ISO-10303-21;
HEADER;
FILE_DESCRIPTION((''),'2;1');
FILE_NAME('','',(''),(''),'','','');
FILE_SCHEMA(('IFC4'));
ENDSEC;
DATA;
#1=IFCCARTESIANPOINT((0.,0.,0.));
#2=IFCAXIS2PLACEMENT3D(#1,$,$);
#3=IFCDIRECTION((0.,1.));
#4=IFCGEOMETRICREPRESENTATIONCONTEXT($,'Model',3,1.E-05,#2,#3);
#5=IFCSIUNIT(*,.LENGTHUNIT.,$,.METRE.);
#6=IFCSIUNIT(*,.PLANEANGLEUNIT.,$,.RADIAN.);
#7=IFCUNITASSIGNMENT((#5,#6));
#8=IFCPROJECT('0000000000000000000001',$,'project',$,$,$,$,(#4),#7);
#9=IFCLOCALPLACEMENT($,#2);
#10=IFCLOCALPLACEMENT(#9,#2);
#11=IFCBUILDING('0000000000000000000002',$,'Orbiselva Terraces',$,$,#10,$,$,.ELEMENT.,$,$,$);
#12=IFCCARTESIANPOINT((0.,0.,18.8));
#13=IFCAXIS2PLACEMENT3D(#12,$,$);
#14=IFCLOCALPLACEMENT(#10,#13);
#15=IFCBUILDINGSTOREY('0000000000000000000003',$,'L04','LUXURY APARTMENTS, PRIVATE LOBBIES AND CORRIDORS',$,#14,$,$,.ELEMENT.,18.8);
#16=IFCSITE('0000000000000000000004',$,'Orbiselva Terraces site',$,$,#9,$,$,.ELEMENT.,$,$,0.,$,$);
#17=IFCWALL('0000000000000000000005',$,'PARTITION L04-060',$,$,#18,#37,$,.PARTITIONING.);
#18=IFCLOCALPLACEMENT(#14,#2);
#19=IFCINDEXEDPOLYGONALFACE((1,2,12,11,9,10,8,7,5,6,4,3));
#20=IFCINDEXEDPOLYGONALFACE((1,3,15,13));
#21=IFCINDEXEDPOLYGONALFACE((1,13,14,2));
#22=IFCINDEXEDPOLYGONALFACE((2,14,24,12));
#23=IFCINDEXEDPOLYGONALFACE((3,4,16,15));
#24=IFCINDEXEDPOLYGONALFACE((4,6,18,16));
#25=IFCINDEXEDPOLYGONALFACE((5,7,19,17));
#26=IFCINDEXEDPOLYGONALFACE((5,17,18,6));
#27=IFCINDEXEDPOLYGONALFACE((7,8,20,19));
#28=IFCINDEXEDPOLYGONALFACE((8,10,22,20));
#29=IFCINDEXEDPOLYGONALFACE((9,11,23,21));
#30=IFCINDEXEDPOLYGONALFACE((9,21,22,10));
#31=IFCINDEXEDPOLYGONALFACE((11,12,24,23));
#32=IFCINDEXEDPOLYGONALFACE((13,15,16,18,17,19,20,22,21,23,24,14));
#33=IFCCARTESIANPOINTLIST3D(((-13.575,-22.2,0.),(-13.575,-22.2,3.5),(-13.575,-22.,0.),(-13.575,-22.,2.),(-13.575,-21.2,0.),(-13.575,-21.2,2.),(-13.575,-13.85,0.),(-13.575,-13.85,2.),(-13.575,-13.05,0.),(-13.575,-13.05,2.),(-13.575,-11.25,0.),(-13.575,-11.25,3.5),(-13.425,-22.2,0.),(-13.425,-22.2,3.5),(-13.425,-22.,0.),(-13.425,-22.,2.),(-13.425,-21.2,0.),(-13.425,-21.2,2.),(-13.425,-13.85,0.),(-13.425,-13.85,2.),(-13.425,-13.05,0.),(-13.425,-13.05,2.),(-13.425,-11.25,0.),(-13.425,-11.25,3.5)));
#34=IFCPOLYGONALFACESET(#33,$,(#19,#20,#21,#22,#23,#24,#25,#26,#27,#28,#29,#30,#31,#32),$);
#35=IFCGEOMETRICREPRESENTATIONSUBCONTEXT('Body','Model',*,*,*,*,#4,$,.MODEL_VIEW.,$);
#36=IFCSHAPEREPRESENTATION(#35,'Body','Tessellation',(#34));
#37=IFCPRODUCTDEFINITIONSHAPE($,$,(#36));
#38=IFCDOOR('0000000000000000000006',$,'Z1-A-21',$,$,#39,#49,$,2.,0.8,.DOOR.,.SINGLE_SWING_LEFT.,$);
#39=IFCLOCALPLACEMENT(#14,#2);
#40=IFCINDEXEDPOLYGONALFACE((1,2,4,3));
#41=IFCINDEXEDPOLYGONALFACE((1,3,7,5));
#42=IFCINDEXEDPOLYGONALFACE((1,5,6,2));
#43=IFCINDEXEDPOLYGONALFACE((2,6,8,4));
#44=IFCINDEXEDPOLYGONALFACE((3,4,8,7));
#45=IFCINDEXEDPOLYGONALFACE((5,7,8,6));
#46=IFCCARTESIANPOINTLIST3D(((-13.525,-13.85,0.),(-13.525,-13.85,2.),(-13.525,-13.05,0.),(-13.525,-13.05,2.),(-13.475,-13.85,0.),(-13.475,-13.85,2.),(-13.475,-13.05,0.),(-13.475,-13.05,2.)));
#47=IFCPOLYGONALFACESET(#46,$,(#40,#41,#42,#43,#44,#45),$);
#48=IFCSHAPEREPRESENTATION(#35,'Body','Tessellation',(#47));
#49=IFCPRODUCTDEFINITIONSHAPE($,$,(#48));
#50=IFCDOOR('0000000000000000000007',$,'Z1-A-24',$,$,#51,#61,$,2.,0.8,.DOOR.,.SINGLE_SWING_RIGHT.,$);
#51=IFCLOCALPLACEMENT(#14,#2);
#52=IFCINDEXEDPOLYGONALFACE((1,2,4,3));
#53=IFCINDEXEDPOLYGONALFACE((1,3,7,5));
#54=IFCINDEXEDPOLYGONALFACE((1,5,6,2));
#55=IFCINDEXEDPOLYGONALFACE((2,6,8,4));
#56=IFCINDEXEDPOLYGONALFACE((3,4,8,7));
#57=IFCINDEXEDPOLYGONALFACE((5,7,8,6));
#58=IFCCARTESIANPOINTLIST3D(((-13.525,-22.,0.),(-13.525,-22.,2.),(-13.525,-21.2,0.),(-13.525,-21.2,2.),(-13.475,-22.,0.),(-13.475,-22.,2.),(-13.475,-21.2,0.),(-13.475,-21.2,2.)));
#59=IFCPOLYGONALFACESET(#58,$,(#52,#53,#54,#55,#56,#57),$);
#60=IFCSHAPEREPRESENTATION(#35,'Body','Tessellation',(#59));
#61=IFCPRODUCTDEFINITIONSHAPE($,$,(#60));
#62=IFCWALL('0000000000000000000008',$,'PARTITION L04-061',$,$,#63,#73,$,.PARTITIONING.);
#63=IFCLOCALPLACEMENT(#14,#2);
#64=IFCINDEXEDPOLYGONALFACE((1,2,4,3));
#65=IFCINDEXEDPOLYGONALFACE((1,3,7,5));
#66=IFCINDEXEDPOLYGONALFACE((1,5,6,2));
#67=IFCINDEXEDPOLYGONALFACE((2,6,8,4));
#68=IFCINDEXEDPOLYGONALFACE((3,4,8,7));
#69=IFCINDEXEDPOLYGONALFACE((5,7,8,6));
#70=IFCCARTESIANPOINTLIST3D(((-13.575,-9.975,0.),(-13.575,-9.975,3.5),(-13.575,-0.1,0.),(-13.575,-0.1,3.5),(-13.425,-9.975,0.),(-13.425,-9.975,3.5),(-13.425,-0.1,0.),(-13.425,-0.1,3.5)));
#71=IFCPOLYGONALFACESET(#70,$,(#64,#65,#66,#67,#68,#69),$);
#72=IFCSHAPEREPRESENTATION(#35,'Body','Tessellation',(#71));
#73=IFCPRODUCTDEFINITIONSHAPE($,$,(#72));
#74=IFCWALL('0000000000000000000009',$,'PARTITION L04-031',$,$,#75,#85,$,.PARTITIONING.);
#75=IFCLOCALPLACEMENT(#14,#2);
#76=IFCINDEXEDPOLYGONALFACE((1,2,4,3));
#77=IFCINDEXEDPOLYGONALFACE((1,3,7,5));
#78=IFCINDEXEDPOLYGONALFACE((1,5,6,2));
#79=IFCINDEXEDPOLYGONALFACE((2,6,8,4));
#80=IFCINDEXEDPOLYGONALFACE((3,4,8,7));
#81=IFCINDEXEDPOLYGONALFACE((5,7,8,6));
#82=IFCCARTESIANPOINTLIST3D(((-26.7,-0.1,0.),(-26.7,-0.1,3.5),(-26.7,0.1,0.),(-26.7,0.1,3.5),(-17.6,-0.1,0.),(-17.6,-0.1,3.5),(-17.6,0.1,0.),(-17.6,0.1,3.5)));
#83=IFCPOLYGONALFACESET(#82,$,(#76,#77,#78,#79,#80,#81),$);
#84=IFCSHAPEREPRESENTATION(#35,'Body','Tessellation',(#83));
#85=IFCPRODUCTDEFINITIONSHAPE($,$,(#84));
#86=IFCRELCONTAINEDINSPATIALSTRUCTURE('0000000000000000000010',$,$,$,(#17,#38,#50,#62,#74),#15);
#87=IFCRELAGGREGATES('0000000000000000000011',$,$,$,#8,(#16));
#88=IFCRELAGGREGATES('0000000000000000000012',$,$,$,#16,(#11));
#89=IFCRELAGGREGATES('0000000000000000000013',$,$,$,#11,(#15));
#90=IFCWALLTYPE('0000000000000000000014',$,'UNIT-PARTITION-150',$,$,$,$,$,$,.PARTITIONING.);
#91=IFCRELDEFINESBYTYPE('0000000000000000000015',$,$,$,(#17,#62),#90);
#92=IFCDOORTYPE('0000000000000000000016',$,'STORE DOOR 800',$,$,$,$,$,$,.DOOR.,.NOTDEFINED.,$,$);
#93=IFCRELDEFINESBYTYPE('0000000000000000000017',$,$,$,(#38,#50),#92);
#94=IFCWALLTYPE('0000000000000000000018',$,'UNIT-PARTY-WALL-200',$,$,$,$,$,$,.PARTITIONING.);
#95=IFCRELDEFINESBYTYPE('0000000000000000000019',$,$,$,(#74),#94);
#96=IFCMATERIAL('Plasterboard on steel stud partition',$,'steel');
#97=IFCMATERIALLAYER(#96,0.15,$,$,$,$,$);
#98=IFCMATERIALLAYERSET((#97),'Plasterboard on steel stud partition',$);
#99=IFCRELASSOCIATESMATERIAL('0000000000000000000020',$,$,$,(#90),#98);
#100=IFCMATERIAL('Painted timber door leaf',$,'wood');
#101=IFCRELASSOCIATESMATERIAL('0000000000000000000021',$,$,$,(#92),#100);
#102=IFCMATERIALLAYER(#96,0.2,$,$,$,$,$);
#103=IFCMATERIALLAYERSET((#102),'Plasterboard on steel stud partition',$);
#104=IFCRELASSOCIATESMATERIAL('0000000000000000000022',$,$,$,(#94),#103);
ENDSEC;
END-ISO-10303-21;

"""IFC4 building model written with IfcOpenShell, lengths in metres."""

from ifc_helpers import new_model, si_unit, direction, frame, frame_2d, origin, place, context, subcontext, project, spatial, rectangle, extrude, material, layer, layer_set, type_object, element, fill, save


model = new_model("IFC4")

# Units and contexts
model_context = context("Model", 3, precision=1e-05, world=origin(), true_north=direction((0.0, 1.0)))
body_context = subcontext(model_context, "Body", "Model", "MODEL_VIEW")
ifc_project = project(units=[si_unit("LENGTHUNIT", "METRE"), si_unit("PLANEANGLEUNIT", "RADIAN")], contexts=[model_context])

# Site, building, storey
site_placement = place(None, origin())
site = spatial("IfcSite", under=ifc_project, at=site_placement, Name="Orbiselva Terraces site", CompositionType="ELEMENT", RefElevation=0.0)
building_placement = place(site_placement, origin())
building = spatial("IfcBuilding", under=site, at=building_placement, Name="Orbiselva Terraces", CompositionType="ELEMENT")
storey_placement = place(building_placement, frame((0.0, 0.0, 18.8)))
storey = spatial("IfcBuildingStorey", under=building, at=storey_placement, Name="L04", Description="LUXURY APARTMENTS, PRIVATE LOBBIES AND CORRIDORS", CompositionType="ELEMENT", Elevation=18.8)

# Shared definitions
ifc_material_1 = material(Name="Plasterboard on steel stud partition", Category="steel")
ifc_layer_1 = layer(ifc_material_1, 0.15)
ifc_layer_set_1 = layer_set([ifc_layer_1], Name="Plasterboard on steel stud partition")
wall_type_1 = type_object("IfcWallType", Name="UNIT-PARTITION-150", PredefinedType="PARTITIONING", material=ifc_layer_set_1)

# Shared definitions
ifc_material_2 = material(Name="Painted timber door leaf", Category="wood")

# Wall, openings, doors
wall_1_placement = place(storey_placement, frame((-13.5, -11.25, 0.0), z_axis=(0.0, 0.0, 1.0), x_axis=(0.0, -1.0, 0.0)))
wall_1 = element("IfcWall", 1, at=wall_1_placement, inside=storey, type_object=wall_type_1, Name="PARTITION L04-060", PredefinedType="PARTITIONING", context=body_context, shape_type="SweptSolid", body=[
    extrude(rectangle(XDim=10.95, YDim=0.15, at=frame_2d((5.475, 0.0))), origin(), (0.0, 0.0, 1.0), 3.5),
])
opening_1_placement = place(wall_1_placement, frame((1.8, 0.0, 0.0)))
opening_1 = element("IfcOpeningElement", 2, at=opening_1_placement, cuts=wall_1, PredefinedType="OPENING", context=body_context, shape_type="SweptSolid", body=[
    extrude(rectangle(XDim=0.8, YDim=2.0, at=frame_2d((0.4, 1.0))), frame((0.0, 0.085, 0.0), z_axis=(0.0, -1.0, 0.0), x_axis=(1.0, 0.0, 0.0)), (0.0, 0.0, 1.0), 0.17),
])
opening_2_placement = place(wall_1_placement, frame((9.95, 0.0, 0.0)))
opening_2 = element("IfcOpeningElement", 3, at=opening_2_placement, cuts=wall_1, PredefinedType="OPENING", context=body_context, shape_type="SweptSolid", body=[
    extrude(rectangle(XDim=0.8, YDim=2.0, at=frame_2d((0.4, 1.0))), frame((0.0, 0.085, 0.0), z_axis=(0.0, -1.0, 0.0), x_axis=(1.0, 0.0, 0.0)), (0.0, 0.0, 1.0), 0.17),
])
door_type_1 = type_object("IfcDoorType", Name="STORE DOOR 800", OperationType="NOTDEFINED", PredefinedType="DOOR", material=ifc_material_2)
door_1_placement = place(opening_1_placement, origin())
door_1 = element("IfcDoor", 4, at=door_1_placement, inside=storey, type_object=door_type_1, Name="Z1-A-21", OperationType="SINGLE_SWING_LEFT", OverallHeight=2.0, OverallWidth=0.8, PredefinedType="DOOR", context=body_context, shape_type="SweptSolid", body=[
    extrude(rectangle(XDim=0.8, YDim=2.0, at=frame_2d((0.4, 1.0))), frame((0.0, 0.025, 0.0), z_axis=(0.0, -1.0, 0.0), x_axis=(1.0, 0.0, 0.0)), (0.0, 0.0, 1.0), 0.05),
])
fill(opening_1, door_1)
door_2_placement = place(opening_2_placement, origin())
door_2 = element("IfcDoor", 5, at=door_2_placement, inside=storey, type_object=door_type_1, Name="Z1-A-24", OperationType="SINGLE_SWING_RIGHT", OverallHeight=2.0, OverallWidth=0.8, PredefinedType="DOOR", context=body_context, shape_type="SweptSolid", body=[
    extrude(rectangle(XDim=0.8, YDim=2.0, at=frame_2d((0.4, 1.0))), frame((0.0, 0.025, 0.0), z_axis=(0.0, -1.0, 0.0), x_axis=(1.0, 0.0, 0.0)), (0.0, 0.0, 1.0), 0.05),
])
fill(opening_2, door_2)

# Walls
wall_2_placement = place(storey_placement, frame((-13.5, -9.975, 0.0), z_axis=(0.0, 0.0, 1.0), x_axis=(0.0, 1.0, 0.0)))
element("IfcWall", 6, at=wall_2_placement, inside=storey, type_object=wall_type_1, Name="PARTITION L04-061", PredefinedType="PARTITIONING", context=body_context, shape_type="SweptSolid", body=[
    extrude(rectangle(XDim=9.875, YDim=0.15, at=frame_2d((4.9375, 0.0))), origin(), (0.0, 0.0, 1.0), 3.5),
])
ifc_layer_2 = layer(ifc_material_1, 0.2)
ifc_layer_set_2 = layer_set([ifc_layer_2], Name="Plasterboard on steel stud partition")
wall_type_2 = type_object("IfcWallType", Name="UNIT-PARTY-WALL-200", PredefinedType="PARTITIONING", material=ifc_layer_set_2)
wall_3_placement = place(storey_placement, frame((-26.7, 0.0, 0.0), z_axis=(0.0, 0.0, 1.0), x_axis=(1.0, 0.0, 0.0)))
element("IfcWall", 7, at=wall_3_placement, inside=storey, type_object=wall_type_2, Name="PARTITION L04-031", PredefinedType="PARTITIONING", context=body_context, shape_type="SweptSolid", body=[
    extrude(rectangle(XDim=9.1, YDim=0.2, at=frame_2d((4.55, 0.0))), origin(), (0.0, 0.0, 1.0), 3.5),
])

save(model, "model.ifc")
